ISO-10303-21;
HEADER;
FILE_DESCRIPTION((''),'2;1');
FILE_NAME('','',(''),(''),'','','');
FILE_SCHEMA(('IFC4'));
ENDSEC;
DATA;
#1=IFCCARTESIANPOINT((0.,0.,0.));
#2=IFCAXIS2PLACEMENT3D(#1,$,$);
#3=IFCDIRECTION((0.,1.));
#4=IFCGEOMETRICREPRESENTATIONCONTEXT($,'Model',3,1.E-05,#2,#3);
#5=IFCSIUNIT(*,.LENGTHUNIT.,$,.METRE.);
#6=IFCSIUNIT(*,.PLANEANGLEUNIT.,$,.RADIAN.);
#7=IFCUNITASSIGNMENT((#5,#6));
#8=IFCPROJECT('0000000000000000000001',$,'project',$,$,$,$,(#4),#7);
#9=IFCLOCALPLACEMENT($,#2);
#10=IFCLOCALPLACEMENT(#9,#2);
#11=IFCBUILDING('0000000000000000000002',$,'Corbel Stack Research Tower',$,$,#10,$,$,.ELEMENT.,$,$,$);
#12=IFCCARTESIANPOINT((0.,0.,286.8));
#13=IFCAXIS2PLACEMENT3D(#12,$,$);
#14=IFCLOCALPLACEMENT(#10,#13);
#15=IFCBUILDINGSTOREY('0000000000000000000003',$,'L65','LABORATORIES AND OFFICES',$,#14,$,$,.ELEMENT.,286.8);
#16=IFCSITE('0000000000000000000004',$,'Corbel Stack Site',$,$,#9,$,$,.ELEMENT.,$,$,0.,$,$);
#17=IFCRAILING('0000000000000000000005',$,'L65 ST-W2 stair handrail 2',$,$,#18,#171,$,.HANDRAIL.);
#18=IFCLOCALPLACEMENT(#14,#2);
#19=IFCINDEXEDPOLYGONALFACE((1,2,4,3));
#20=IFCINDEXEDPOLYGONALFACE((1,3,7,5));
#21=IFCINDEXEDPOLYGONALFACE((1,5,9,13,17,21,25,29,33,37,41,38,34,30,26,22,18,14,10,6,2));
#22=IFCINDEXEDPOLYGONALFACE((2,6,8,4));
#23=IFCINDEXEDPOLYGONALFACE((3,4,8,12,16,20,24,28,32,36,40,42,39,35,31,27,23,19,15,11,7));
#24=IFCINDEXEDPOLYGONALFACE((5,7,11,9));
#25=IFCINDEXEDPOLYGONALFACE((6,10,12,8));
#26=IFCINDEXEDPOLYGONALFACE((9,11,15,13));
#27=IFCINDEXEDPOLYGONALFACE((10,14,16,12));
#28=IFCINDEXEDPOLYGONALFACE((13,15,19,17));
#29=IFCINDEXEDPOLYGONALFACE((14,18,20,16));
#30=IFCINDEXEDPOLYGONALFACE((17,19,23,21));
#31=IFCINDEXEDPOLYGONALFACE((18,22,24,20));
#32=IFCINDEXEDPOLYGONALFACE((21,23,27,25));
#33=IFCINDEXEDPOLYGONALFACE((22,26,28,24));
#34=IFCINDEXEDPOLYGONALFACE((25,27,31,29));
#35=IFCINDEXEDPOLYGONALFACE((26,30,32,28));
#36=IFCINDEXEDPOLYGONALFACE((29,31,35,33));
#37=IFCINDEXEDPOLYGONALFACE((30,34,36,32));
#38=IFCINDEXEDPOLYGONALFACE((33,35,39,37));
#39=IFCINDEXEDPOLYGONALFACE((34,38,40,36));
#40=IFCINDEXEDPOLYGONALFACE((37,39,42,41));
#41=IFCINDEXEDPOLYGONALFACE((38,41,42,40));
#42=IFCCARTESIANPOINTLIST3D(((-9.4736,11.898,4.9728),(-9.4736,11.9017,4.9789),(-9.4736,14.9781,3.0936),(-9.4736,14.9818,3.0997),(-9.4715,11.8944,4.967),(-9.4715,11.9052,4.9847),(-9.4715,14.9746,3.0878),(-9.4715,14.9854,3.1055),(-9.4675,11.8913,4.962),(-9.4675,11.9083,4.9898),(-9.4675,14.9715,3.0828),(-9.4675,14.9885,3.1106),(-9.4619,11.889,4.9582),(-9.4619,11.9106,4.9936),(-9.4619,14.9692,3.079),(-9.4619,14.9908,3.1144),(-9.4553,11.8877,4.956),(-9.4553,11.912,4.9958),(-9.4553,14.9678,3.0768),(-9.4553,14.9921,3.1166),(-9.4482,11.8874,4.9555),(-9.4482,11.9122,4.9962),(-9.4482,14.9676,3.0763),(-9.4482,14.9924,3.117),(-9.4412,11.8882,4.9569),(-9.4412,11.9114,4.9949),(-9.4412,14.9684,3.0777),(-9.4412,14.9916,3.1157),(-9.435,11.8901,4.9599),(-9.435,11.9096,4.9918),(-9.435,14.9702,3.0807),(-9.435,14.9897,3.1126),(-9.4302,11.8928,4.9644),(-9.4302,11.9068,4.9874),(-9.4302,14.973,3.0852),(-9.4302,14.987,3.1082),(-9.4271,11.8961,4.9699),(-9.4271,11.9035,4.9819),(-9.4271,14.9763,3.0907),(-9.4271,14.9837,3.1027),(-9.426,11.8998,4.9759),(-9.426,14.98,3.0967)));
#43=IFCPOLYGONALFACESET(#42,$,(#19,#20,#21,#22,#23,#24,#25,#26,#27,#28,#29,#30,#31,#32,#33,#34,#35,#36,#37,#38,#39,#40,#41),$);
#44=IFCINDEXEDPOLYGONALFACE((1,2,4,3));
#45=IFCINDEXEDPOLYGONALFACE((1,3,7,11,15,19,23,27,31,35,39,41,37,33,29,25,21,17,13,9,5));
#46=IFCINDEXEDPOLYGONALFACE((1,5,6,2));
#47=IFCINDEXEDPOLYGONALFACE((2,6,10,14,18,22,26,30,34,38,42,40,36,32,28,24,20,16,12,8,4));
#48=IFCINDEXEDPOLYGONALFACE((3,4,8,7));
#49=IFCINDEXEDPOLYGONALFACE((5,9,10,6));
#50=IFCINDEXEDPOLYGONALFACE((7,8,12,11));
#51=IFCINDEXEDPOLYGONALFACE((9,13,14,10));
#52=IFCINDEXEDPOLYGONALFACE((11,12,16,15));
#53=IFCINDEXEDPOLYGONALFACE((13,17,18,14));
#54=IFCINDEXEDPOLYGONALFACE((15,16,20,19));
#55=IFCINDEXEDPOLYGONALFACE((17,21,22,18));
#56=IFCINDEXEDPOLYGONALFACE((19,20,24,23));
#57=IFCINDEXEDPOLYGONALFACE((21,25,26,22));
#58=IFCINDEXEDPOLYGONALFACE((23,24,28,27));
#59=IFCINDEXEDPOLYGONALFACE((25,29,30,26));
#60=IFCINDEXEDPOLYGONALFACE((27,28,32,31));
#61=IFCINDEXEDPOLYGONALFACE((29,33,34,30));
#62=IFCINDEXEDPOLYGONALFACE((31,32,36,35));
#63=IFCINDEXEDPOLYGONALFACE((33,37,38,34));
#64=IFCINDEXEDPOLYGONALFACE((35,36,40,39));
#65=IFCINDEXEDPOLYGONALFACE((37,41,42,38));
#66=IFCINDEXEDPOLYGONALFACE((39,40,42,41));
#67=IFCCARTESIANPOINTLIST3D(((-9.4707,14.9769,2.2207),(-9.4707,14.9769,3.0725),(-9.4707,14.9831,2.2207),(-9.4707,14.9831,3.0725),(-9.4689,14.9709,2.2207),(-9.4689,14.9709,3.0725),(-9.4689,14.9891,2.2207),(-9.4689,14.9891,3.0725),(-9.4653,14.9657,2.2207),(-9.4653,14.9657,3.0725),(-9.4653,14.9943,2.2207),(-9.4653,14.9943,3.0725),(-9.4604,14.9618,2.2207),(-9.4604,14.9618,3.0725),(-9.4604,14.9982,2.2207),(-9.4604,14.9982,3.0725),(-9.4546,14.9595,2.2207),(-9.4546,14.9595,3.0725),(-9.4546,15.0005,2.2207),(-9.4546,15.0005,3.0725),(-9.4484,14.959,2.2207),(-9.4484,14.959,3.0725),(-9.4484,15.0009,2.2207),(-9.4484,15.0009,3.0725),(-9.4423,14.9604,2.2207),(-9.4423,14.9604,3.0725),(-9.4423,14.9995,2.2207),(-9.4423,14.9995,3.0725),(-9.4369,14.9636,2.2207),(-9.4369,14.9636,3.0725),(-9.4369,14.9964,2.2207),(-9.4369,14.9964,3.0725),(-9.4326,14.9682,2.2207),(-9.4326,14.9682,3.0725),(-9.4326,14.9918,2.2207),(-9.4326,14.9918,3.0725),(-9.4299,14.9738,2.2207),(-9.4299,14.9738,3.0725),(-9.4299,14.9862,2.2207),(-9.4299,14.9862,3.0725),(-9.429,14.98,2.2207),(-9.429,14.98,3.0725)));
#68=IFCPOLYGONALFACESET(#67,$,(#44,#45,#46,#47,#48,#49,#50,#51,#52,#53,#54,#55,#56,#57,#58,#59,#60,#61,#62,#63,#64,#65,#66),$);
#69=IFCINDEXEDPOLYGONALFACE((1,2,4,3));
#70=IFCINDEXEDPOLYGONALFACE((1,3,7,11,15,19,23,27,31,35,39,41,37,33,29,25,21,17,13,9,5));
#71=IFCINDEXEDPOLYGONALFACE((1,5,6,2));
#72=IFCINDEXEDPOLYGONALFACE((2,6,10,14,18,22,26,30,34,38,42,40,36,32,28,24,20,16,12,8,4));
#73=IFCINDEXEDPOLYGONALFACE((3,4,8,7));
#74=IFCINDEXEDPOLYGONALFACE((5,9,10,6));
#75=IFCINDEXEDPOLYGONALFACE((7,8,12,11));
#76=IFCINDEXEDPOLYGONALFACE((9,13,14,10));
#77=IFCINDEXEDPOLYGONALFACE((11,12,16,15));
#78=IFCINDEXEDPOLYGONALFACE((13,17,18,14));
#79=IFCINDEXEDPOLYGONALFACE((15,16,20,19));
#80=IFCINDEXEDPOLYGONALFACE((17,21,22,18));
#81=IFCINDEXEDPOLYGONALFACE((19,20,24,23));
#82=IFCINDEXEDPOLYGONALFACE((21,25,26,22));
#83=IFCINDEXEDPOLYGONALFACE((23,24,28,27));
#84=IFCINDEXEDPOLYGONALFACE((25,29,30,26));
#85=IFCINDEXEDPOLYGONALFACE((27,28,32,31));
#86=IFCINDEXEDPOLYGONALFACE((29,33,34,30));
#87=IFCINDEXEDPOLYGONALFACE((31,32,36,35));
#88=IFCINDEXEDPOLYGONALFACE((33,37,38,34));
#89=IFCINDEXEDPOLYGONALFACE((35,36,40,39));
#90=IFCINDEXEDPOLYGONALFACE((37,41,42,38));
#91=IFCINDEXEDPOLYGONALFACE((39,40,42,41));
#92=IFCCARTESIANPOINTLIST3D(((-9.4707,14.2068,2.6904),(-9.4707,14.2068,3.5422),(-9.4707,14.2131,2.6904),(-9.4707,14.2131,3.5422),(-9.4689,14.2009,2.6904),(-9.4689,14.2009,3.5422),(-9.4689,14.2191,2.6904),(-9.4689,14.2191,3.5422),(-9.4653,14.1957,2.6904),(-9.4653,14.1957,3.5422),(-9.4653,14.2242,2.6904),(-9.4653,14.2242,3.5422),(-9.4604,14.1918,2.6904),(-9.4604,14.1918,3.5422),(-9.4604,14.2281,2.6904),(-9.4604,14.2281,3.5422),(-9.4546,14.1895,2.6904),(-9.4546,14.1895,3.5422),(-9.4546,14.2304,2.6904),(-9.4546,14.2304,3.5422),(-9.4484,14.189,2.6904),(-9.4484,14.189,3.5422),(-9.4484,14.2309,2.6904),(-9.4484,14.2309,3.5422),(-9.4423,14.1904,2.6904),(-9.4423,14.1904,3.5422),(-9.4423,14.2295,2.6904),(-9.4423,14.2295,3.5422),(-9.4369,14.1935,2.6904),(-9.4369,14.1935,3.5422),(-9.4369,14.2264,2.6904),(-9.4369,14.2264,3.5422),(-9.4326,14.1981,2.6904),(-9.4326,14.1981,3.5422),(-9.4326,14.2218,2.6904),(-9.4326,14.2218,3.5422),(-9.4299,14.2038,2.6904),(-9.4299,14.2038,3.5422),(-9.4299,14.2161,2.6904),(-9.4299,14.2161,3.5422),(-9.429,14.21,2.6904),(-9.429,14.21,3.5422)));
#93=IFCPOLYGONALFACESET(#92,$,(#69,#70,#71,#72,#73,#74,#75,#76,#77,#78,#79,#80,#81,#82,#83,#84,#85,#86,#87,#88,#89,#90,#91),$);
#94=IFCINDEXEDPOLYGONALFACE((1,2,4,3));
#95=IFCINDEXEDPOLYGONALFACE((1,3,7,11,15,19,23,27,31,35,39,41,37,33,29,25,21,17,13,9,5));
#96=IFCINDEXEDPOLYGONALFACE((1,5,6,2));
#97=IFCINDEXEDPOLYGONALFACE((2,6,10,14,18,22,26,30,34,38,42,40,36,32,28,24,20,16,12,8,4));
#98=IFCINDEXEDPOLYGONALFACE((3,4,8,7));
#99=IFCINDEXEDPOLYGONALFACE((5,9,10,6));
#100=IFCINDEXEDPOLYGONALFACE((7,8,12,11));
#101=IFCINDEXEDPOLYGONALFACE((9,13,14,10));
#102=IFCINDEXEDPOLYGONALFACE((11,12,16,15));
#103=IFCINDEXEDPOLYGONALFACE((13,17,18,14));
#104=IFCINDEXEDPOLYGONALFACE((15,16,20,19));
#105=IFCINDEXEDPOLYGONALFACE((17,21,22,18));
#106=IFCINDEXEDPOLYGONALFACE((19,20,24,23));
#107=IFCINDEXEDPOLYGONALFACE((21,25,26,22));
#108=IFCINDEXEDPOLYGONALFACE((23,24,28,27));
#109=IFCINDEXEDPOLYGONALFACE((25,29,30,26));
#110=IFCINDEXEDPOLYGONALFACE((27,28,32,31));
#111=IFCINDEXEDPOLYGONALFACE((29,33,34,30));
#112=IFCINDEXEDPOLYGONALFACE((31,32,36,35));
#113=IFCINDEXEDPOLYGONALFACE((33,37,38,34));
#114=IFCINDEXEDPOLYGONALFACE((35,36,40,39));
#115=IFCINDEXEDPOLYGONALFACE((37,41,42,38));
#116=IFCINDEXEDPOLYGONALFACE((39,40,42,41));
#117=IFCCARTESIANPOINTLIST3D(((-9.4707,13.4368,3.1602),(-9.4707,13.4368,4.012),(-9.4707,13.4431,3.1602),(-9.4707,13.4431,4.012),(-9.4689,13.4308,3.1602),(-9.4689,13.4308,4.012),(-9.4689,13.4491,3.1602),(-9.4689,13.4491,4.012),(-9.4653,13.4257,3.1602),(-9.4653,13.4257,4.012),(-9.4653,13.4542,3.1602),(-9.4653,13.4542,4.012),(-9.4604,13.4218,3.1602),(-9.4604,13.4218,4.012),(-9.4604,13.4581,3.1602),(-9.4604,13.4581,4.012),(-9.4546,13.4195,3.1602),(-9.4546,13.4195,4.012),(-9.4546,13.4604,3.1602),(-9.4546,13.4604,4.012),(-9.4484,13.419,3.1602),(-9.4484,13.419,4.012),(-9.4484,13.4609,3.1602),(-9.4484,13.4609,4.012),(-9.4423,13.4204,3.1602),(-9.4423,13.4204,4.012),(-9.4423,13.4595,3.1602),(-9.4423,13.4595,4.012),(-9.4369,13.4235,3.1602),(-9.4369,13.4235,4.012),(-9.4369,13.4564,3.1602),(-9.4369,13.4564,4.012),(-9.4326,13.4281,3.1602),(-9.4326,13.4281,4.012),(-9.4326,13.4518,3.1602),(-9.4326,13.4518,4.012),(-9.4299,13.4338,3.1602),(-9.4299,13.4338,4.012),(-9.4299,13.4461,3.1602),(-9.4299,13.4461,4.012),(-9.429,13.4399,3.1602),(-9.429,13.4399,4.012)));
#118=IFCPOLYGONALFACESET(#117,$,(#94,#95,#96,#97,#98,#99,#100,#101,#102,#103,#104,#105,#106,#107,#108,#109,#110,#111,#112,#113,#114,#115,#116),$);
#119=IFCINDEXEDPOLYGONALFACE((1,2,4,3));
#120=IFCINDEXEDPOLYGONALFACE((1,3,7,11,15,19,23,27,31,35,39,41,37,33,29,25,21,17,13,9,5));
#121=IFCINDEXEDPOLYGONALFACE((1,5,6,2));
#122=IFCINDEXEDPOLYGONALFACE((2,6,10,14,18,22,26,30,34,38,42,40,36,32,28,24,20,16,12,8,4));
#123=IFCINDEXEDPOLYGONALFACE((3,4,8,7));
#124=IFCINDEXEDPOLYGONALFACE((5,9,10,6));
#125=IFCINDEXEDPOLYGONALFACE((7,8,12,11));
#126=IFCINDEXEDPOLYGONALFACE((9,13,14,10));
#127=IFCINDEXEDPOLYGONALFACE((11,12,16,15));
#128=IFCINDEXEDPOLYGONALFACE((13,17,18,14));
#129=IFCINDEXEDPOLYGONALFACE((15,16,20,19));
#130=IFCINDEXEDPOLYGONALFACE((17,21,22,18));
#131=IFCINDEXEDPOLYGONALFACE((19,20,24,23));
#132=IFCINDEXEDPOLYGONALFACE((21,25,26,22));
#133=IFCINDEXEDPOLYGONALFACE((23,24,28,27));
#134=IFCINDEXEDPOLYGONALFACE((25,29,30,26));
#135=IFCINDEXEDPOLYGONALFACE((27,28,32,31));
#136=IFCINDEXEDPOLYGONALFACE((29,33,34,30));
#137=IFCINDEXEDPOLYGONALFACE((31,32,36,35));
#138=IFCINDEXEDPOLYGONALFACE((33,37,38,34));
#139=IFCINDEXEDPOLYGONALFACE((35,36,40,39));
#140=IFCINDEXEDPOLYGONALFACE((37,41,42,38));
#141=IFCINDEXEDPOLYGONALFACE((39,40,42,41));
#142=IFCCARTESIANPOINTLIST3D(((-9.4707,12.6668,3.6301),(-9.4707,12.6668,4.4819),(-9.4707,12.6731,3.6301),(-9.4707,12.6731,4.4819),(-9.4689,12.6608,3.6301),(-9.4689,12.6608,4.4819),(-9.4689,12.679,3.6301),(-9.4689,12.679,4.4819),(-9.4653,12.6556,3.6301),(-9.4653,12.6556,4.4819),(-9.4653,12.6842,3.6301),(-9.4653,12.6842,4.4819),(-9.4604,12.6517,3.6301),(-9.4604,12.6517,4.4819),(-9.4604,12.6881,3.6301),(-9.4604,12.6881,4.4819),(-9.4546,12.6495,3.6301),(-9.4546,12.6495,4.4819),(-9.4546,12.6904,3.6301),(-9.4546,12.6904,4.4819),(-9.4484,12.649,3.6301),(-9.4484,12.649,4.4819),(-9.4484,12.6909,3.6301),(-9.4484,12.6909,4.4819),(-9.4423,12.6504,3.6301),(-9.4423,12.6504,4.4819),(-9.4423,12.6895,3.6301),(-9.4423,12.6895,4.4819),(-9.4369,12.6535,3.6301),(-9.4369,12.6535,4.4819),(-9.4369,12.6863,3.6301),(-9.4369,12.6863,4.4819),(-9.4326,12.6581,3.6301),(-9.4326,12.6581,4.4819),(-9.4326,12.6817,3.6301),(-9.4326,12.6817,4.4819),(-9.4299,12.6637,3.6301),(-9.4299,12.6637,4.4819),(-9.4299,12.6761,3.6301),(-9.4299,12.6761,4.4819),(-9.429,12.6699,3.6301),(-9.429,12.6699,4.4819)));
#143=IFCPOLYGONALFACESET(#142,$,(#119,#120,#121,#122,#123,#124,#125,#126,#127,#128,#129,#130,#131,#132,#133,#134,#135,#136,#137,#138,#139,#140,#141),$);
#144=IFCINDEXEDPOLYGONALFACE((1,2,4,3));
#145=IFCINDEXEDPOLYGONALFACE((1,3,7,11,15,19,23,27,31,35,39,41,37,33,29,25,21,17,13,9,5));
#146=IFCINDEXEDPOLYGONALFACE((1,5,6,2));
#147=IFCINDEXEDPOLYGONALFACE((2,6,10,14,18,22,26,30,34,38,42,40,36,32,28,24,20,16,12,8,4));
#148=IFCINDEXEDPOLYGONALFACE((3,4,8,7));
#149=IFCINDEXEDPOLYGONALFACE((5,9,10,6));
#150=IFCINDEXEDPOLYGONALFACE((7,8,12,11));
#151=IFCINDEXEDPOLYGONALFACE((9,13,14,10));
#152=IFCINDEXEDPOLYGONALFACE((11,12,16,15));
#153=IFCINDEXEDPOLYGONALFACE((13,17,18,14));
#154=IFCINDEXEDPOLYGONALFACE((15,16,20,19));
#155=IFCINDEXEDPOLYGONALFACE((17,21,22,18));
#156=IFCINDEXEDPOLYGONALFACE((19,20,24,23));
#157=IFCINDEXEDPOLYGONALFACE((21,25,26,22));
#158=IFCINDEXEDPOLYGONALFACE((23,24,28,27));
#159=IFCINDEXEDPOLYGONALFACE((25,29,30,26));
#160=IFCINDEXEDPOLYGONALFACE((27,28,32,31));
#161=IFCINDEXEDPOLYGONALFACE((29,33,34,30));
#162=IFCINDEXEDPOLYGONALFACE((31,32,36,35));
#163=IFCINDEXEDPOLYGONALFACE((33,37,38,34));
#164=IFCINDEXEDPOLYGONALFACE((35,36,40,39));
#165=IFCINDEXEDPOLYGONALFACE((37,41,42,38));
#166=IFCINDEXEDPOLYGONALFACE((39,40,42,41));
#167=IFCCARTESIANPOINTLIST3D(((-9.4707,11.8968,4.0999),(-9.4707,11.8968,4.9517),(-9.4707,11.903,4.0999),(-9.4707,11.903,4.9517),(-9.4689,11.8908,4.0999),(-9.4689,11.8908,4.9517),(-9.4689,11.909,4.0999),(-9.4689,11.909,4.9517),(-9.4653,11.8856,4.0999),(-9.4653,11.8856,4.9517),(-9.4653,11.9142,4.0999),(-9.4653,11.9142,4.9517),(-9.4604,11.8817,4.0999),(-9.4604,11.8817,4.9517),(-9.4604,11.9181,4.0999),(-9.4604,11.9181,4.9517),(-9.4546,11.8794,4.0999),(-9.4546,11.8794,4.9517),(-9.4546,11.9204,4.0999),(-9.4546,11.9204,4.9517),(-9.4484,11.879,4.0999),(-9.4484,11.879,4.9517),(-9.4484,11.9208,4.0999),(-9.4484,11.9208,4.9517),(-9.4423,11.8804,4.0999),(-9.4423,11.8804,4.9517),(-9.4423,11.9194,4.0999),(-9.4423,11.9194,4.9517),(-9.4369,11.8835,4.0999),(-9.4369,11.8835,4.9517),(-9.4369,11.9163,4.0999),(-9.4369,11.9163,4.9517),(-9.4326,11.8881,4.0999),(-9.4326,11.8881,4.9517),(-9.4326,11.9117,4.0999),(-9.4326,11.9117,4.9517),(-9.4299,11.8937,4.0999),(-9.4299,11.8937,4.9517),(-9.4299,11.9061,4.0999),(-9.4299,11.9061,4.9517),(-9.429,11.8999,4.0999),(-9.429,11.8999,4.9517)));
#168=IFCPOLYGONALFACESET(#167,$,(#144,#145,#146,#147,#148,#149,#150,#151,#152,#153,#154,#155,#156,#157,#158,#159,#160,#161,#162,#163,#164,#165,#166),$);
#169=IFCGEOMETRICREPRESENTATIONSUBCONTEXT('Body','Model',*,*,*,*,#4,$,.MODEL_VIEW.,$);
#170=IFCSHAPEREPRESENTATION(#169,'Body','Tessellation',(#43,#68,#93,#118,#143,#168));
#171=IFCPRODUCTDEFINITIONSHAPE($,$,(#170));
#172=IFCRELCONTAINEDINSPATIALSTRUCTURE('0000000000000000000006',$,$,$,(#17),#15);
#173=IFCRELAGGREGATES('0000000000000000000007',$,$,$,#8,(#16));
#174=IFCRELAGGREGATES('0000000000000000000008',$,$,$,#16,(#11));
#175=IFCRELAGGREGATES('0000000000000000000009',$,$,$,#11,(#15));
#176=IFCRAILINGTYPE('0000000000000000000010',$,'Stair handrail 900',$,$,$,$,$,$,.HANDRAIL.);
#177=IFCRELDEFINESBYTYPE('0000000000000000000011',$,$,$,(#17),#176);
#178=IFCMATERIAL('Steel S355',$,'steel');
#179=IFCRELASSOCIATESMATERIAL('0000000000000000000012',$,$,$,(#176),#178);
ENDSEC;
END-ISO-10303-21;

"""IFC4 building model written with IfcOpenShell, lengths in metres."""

from ifc_helpers import new_model, si_unit, direction, frame, origin, origin_2d, place, context, subcontext, project, spatial, circle, extrude, material, type_object, element, save


model = new_model("IFC4")

# Units and contexts
model_context = context("Model", 3, precision=1e-05, world=origin(), true_north=direction((0.0, 1.0)))
body_context = subcontext(model_context, "Body", "Model", "MODEL_VIEW")
ifc_project = project(units=[si_unit("LENGTHUNIT", "METRE"), si_unit("PLANEANGLEUNIT", "RADIAN")], contexts=[model_context])

# Site, building, storey
site_placement = place(None, origin())
site = spatial("IfcSite", under=ifc_project, at=site_placement, Name="Corbel Stack Site", CompositionType="ELEMENT", RefElevation=0.0)
building_placement = place(site_placement, origin())
building = spatial("IfcBuilding", under=site, at=building_placement, Name="Corbel Stack Research Tower", CompositionType="ELEMENT")
storey_placement = place(building_placement, frame((0.0, 0.0, 286.8)))
storey = spatial("IfcBuildingStorey", under=building, at=storey_placement, Name="L65", Description="LABORATORIES AND OFFICES", CompositionType="ELEMENT", Elevation=286.8)

# Railing
ifc_material_1 = material(Name="Steel S355", Category="steel")
railing_type_1 = type_object("IfcRailingType", Name="Stair handrail 900", PredefinedType="HANDRAIL", material=ifc_material_1)
railing_1_placement = place(storey_placement, frame((-9.45, 14.98, 2.2207)))
element("IfcRailing", 1, at=railing_1_placement, inside=storey, type_object=railing_type_1, Name="L65 ST-W2 stair handrail 2", PredefinedType="HANDRAIL", context=body_context, shape_type="SweptSolid", body=[
    extrude(circle(Radius=0.0239, at=origin_2d()), frame((0.0, 0.0, 0.876), z_axis=(0.0, -0.853666, 0.52082), x_axis=(1.0, 0.0, 0.0)), (0.0, 0.0, 1.0), 3.6082),
    extrude(circle(Radius=0.021, at=origin_2d()), origin(), (0.0, 0.0, 1.0), 0.8518),
    extrude(circle(Radius=0.021, at=origin_2d()), frame((0.0, -0.77, 0.4697)), (0.0, 0.0, 1.0), 0.8518),
    extrude(circle(Radius=0.021, at=origin_2d()), frame((0.0, -1.54, 0.9395)), (0.0, 0.0, 1.0), 0.8518),
    extrude(circle(Radius=0.021, at=origin_2d()), frame((0.0, -2.3101, 1.4094)), (0.0, 0.0, 1.0), 0.8518),
    extrude(circle(Radius=0.021, at=origin_2d()), frame((0.0, -3.0801, 1.8792)), (0.0, 0.0, 1.0), 0.8518),
])

save(model, "model.ifc")
